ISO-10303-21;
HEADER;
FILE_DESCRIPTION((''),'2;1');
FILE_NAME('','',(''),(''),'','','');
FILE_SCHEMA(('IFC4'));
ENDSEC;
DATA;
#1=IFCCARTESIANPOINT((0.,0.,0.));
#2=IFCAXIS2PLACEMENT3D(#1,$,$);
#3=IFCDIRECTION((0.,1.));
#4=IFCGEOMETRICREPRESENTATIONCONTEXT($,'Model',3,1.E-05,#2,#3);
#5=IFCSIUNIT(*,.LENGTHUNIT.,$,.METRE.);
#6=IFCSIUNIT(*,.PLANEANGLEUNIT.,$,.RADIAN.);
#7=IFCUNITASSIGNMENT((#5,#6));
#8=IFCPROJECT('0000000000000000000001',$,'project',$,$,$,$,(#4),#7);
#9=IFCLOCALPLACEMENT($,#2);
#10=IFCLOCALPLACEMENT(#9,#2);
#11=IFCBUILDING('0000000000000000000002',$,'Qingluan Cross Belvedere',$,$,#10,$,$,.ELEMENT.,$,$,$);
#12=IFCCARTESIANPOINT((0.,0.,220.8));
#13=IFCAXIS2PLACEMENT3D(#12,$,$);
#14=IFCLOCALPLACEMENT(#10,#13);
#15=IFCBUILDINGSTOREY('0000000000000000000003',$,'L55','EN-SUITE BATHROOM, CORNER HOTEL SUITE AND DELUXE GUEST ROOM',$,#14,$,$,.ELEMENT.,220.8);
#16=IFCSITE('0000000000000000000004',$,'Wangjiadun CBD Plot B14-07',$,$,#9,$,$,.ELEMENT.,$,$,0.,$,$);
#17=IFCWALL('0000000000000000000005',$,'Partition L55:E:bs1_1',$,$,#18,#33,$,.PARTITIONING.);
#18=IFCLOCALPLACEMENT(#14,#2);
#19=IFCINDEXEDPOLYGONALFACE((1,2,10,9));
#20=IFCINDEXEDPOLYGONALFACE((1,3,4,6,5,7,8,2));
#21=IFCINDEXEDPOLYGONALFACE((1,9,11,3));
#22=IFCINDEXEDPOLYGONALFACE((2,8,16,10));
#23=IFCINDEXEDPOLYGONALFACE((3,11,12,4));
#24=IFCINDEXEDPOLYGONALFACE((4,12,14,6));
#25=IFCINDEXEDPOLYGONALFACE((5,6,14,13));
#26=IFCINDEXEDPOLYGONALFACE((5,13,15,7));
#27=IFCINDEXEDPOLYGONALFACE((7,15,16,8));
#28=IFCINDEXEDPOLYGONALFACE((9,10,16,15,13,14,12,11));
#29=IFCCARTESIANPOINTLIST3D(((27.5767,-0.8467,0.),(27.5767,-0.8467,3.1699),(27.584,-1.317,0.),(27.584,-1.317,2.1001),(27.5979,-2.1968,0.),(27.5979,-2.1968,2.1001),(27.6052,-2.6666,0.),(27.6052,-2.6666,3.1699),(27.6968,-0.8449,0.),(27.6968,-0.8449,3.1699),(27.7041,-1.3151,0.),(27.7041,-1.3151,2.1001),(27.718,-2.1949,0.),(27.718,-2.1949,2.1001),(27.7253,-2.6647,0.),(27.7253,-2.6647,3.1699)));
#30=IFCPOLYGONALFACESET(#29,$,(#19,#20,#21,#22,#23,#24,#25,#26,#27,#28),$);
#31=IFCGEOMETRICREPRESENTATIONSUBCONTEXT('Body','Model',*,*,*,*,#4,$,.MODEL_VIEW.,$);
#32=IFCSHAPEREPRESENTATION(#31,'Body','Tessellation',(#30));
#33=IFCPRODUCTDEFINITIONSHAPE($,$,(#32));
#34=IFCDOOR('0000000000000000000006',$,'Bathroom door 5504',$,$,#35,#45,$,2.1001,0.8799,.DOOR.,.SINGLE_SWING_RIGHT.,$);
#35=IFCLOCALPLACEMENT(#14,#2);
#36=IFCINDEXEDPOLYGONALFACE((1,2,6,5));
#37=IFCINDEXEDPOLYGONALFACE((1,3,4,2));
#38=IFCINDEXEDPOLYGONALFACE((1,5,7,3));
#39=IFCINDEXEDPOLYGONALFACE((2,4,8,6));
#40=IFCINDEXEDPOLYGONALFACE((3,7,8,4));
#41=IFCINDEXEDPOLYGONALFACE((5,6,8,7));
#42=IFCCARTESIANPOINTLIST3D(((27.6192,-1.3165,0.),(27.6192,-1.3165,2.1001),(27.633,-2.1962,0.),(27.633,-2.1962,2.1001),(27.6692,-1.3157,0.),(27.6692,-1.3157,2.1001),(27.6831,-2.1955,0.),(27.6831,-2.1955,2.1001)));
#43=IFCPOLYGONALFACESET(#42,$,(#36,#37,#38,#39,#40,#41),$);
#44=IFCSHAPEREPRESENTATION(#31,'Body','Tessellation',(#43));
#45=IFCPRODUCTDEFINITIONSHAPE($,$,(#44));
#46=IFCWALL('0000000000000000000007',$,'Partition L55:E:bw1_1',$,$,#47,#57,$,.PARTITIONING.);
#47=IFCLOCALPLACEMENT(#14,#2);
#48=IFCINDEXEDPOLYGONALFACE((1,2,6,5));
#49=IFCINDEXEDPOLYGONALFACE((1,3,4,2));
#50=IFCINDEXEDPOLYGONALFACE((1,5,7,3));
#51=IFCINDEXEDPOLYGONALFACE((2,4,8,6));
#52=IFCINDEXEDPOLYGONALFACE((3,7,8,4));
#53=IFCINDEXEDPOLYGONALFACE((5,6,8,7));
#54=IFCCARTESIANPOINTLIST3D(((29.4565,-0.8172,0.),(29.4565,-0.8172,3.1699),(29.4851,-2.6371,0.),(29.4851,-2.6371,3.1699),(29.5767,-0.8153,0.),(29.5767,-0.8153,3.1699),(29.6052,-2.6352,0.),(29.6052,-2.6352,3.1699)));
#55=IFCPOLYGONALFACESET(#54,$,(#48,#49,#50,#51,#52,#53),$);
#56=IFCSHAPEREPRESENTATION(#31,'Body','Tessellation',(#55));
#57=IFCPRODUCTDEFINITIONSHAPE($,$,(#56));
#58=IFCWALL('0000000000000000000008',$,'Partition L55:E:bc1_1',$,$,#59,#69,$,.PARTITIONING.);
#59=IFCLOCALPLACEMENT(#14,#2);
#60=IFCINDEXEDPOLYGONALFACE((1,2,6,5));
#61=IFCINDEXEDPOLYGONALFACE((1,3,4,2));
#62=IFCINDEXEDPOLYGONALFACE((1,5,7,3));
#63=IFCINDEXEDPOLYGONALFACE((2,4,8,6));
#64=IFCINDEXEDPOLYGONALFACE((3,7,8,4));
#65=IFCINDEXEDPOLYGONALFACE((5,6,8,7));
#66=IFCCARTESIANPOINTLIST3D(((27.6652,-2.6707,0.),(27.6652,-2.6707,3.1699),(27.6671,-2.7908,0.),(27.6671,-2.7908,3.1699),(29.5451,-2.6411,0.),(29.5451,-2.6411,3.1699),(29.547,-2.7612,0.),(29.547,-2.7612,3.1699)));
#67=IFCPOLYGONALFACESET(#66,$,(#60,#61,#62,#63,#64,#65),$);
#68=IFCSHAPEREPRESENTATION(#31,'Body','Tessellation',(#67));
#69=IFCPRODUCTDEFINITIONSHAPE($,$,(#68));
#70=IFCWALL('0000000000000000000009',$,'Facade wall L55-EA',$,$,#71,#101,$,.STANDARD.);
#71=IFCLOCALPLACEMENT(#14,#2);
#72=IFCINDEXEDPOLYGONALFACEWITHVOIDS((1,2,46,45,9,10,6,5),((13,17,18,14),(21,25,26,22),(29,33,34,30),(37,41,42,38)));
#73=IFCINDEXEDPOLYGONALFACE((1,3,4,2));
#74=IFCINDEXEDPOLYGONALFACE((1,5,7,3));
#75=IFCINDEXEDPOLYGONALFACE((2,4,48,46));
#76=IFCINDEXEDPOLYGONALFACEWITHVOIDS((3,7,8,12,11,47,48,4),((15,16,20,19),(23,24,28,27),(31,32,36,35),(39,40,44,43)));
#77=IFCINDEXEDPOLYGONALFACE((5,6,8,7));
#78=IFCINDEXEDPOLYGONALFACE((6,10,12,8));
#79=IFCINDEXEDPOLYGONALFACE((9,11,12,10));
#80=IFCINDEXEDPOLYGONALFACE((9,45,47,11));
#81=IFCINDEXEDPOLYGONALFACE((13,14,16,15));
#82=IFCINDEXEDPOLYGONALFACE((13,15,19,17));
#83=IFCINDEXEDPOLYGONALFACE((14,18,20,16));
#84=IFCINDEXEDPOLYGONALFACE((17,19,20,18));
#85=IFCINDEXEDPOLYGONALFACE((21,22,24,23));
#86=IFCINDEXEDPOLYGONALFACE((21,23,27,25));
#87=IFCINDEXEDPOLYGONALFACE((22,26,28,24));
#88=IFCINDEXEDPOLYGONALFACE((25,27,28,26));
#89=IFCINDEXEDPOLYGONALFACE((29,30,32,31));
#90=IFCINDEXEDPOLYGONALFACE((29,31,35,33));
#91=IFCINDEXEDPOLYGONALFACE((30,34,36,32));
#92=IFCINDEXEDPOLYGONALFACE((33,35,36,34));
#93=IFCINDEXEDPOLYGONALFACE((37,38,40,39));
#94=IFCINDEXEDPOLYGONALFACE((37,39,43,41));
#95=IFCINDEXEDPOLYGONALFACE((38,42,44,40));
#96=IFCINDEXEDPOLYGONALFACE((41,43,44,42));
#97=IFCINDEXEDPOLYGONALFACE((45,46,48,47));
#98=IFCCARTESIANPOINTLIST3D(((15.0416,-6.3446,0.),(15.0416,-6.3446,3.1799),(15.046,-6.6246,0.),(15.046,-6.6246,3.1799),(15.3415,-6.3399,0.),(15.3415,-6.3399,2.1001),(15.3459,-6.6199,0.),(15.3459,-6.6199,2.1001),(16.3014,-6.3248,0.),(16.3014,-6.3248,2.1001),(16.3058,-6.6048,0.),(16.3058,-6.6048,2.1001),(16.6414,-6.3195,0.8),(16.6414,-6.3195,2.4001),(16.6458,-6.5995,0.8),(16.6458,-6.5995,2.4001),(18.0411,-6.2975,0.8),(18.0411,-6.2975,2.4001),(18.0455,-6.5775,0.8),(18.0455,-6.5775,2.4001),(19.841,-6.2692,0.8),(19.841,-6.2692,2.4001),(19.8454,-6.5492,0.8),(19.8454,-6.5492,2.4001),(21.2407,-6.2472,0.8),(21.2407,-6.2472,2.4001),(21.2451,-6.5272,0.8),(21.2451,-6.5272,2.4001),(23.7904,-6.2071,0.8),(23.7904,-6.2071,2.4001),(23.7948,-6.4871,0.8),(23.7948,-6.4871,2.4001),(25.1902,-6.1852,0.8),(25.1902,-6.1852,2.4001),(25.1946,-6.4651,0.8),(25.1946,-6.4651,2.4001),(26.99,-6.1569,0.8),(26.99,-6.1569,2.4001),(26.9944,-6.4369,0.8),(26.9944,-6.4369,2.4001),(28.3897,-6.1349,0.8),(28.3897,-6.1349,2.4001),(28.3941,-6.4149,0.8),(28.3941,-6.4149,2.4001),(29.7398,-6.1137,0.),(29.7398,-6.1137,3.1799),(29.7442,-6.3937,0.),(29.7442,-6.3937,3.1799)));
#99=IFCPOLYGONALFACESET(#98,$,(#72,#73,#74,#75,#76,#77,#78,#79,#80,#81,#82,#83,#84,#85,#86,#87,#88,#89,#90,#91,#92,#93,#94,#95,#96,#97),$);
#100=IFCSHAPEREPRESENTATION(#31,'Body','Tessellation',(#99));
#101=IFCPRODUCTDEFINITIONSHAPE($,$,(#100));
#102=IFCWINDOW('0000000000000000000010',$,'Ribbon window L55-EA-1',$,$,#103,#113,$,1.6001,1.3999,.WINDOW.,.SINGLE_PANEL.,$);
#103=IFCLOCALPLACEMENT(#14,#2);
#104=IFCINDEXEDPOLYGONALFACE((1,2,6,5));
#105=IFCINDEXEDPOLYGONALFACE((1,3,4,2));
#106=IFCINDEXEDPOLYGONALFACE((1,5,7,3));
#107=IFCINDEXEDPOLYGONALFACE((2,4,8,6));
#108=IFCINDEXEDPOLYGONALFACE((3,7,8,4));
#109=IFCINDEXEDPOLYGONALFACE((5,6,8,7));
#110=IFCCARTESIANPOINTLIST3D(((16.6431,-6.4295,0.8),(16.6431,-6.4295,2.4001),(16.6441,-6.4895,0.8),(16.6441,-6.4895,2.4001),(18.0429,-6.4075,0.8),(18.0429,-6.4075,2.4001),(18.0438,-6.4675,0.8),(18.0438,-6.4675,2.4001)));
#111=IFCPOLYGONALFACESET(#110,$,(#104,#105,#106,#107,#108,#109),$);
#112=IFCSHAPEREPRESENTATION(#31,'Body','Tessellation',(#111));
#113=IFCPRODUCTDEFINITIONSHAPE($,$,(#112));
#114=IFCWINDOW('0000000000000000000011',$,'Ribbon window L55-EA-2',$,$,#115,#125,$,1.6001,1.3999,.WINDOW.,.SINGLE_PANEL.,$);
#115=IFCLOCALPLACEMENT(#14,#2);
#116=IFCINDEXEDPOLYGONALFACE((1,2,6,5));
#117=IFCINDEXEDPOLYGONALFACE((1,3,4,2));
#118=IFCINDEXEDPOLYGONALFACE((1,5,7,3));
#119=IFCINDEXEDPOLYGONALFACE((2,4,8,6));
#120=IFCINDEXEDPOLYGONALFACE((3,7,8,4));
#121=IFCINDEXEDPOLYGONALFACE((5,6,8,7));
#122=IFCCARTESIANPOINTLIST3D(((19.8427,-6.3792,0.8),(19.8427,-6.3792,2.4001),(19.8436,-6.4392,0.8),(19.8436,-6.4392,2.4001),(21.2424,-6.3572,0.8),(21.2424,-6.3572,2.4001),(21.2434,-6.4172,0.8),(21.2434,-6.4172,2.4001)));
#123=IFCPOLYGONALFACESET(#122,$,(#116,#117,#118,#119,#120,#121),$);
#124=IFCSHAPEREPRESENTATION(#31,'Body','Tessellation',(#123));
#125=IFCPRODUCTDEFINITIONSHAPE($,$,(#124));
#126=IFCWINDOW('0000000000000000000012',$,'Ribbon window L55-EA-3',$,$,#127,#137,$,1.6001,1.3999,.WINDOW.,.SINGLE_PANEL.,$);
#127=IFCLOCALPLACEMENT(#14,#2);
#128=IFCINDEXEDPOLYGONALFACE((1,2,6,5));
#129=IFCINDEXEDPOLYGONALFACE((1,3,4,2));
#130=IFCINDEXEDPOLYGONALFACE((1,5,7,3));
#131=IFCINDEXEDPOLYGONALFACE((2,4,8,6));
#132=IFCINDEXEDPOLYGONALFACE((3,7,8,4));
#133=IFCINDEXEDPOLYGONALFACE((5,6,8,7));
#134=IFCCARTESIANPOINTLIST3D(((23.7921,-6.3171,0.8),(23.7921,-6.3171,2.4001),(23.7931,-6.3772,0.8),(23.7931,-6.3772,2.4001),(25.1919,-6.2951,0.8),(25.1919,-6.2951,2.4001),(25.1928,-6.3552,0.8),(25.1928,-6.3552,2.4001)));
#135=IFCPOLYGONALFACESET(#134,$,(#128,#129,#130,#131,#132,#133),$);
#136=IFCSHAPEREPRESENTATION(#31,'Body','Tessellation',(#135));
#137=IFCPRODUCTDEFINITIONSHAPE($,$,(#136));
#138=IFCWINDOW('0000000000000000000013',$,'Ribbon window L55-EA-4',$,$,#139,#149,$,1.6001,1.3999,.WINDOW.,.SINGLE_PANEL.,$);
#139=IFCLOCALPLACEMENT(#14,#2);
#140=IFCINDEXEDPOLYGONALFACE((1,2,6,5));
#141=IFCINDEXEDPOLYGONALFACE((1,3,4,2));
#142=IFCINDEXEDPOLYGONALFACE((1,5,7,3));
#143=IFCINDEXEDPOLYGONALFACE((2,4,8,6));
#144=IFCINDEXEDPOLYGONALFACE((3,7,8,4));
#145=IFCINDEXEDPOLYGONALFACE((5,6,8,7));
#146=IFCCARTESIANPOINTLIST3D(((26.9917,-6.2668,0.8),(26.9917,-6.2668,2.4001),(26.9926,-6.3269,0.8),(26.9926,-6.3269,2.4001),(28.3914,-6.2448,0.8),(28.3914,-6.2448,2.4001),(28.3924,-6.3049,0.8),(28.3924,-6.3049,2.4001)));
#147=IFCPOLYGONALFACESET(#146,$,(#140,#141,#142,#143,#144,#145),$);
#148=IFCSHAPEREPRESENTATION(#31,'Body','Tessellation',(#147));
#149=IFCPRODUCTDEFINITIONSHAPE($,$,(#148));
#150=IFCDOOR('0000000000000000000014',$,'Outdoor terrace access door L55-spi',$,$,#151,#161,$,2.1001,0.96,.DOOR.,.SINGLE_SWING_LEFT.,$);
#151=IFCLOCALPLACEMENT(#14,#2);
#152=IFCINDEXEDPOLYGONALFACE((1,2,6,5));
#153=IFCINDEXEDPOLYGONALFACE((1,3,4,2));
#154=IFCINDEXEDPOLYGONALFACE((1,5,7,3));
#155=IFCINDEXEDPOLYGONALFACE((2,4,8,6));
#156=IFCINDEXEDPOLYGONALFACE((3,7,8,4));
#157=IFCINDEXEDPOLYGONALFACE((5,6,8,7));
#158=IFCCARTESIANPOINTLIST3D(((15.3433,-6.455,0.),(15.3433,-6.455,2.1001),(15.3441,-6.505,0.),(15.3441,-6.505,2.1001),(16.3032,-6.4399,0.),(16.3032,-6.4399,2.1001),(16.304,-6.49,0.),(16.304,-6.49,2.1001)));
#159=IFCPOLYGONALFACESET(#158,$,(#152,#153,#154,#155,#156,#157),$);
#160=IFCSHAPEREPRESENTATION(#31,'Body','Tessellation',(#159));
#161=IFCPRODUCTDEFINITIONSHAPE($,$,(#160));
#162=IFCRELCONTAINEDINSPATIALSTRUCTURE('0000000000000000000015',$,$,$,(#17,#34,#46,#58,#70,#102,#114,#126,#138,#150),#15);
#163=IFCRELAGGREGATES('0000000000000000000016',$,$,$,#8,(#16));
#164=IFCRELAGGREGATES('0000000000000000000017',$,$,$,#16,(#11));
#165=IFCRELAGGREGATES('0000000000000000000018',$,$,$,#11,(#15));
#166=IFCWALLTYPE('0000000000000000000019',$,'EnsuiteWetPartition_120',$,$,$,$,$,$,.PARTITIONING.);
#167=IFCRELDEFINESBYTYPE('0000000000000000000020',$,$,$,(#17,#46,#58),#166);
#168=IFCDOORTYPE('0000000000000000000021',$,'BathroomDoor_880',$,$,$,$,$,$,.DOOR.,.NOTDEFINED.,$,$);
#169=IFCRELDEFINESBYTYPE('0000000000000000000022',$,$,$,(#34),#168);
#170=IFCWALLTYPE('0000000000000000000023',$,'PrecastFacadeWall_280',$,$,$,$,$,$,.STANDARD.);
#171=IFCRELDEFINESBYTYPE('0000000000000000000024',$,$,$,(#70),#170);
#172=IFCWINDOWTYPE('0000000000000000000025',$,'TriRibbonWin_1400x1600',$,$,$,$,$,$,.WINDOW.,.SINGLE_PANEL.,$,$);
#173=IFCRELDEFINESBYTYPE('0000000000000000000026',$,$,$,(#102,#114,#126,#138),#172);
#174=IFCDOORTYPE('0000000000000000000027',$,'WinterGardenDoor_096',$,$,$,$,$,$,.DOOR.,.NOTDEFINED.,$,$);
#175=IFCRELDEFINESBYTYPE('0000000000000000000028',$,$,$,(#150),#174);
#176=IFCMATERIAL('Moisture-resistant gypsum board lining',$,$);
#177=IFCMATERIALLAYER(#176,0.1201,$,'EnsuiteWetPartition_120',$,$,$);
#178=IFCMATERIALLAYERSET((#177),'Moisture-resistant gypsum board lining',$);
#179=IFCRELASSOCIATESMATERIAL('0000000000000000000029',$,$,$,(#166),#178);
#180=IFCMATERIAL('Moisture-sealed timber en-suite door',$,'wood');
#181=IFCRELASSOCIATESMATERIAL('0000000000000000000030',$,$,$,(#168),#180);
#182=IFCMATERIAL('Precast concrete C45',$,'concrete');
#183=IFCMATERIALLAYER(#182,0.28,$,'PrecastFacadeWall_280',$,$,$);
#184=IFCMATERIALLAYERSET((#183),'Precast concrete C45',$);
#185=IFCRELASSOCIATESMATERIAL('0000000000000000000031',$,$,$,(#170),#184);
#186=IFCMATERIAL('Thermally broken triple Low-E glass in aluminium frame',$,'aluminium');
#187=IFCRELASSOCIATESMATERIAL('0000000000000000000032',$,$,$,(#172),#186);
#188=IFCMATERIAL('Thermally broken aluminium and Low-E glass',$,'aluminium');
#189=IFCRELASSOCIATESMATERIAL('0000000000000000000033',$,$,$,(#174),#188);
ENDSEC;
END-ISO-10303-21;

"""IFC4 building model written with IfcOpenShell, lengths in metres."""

from ifc_helpers import new_model, si_unit, direction, frame, frame_2d, origin, place, context, subcontext, project, spatial, rectangle, extrude, material, layer, layer_set, type_object, element, fill, save


model = new_model("IFC4")

# Units and contexts
model_context = context("Model", 3, precision=1e-05, world=origin(), true_north=direction((0.0, 1.0)))
body_context = subcontext(model_context, "Body", "Model", "MODEL_VIEW")
ifc_project = project(units=[si_unit("LENGTHUNIT", "METRE"), si_unit("PLANEANGLEUNIT", "RADIAN")], contexts=[model_context])

# Site, building, storey
site_placement = place(None, origin())
site = spatial("IfcSite", under=ifc_project, at=site_placement, Name="Wangjiadun CBD Plot B14-07", CompositionType="ELEMENT", RefElevation=0.0)
building_placement = place(site_placement, origin())
building = spatial("IfcBuilding", under=site, at=building_placement, Name="Qingluan Cross Belvedere", CompositionType="ELEMENT")
storey_placement = place(building_placement, frame((0.0, 0.0, 220.8)))
storey = spatial("IfcBuildingStorey", under=building, at=storey_placement, Name="L55", Description="EN-SUITE BATHROOM, CORNER HOTEL SUITE AND DELUXE GUEST ROOM", CompositionType="ELEMENT", Elevation=220.8)

# Shared definitions
ifc_material_1 = material(Name="Moisture-resistant gypsum board lining")
ifc_layer_1 = layer(ifc_material_1, 0.1201, Name="EnsuiteWetPartition_120")
ifc_layer_set_1 = layer_set([ifc_layer_1], Name="Moisture-resistant gypsum board lining")
wall_type_1 = type_object("IfcWallType", Name="EnsuiteWetPartition_120", PredefinedType="PARTITIONING", material=ifc_layer_set_1)
ifc_material_2 = material(Name="Moisture-sealed timber en-suite door", Category="wood")
door_type_1 = type_object("IfcDoorType", Name="BathroomDoor_880", OperationType="NOTDEFINED", PredefinedType="DOOR", material=ifc_material_2)

# Wall, opening, door
wall_1_placement = place(storey_placement, frame((27.6653, -2.6658, 0.0), z_axis=(0.0, 0.0, 1.0), x_axis=(-0.015694, 0.999877, 0.0)))
wall_1 = element("IfcWall", 1, at=wall_1_placement, inside=storey, type_object=wall_type_1, Name="Partition L55:E:bs1_1", PredefinedType="PARTITIONING", context=body_context, shape_type="SweptSolid", body=[
    extrude(rectangle(XDim=1.8201, YDim=0.1201, at=frame_2d((0.9102, 0.0))), origin(), (0.0, 0.0, 1.0), 3.1699),
])
opening_1_placement = place(wall_1_placement, frame((0.47, 0.0, 0.0)))
opening_1 = element("IfcOpeningElement", 2, at=opening_1_placement, cuts=wall_1, PredefinedType="OPENING", context=body_context, shape_type="SweptSolid", body=[
    extrude(rectangle(XDim=0.8799, YDim=2.1001, at=frame_2d((0.4399, 1.05))), frame((0.0, 0.0701, 0.0), z_axis=(0.0, -1.0, 0.0), x_axis=(1.0, 0.0, 0.0)), (0.0, 0.0, 1.0), 0.1401),
])
door_1_placement = place(opening_1_placement, origin())
door_1 = element("IfcDoor", 3, at=door_1_placement, inside=storey, type_object=door_type_1, Name="Bathroom door 5504", OperationType="SINGLE_SWING_RIGHT", OverallHeight=2.1001, OverallWidth=0.8799, PredefinedType="DOOR", context=body_context, shape_type="SweptSolid", body=[
    extrude(rectangle(XDim=0.8799, YDim=2.1001, at=frame_2d((0.4399, 1.05))), frame((0.0, 0.0249, 0.0), z_axis=(0.0, -1.0, 0.0), x_axis=(1.0, 0.0, 0.0)), (0.0, 0.0, 1.0), 0.05),
])
fill(opening_1, door_1)

# Walls
wall_2_placement = place(storey_placement, frame((29.5452, -2.6362, 0.0), z_axis=(0.0, 0.0, 1.0), x_axis=(-0.015694, 0.999877, 0.0)))
element("IfcWall", 4, at=wall_2_placement, inside=storey, type_object=wall_type_1, Name="Partition L55:E:bw1_1", PredefinedType="PARTITIONING", context=body_context, shape_type="SweptSolid", body=[
    extrude(rectangle(XDim=1.8201, YDim=0.1201, at=frame_2d((0.9102, 0.0))), origin(), (0.0, 0.0, 1.0), 3.1699),
])
wall_3_placement = place(storey_placement, frame((27.6663, -2.7307, 0.0), z_axis=(0.0, 0.0, 1.0), x_axis=(0.999877, 0.015712, 0.0)))
element("IfcWall", 5, at=wall_3_placement, inside=storey, type_object=wall_type_1, Name="Partition L55:E:bc1_1", PredefinedType="PARTITIONING", context=body_context, shape_type="SweptSolid", body=[
    extrude(rectangle(XDim=1.8801, YDim=0.1201, at=frame_2d((0.9399, 0.0))), origin(), (0.0, 0.0, 1.0), 3.1699),
])

# Wall, openings, windows, door
ifc_material_3 = material(Name="Precast concrete C45", Category="concrete")
ifc_layer_2 = layer(ifc_material_3, 0.28, Name="PrecastFacadeWall_280")
ifc_layer_set_2 = layer_set([ifc_layer_2], Name="Precast concrete C45")
wall_type_2 = type_object("IfcWallType", Name="PrecastFacadeWall_280", PredefinedType="STANDARD", material=ifc_layer_set_2)
wall_4_placement = place(storey_placement, frame((15.0437, -6.4846, 0.0), z_axis=(0.0, 0.0, 1.0), x_axis=(0.999877, 0.015711, 0.0)))
wall_4 = element("IfcWall", 6, at=wall_4_placement, inside=storey, type_object=wall_type_2, Name="Facade wall L55-EA", PredefinedType="STANDARD", context=body_context, shape_type="SweptSolid", body=[
    extrude(rectangle(XDim=14.7, YDim=0.28, at=frame_2d((7.3501, 0.0))), origin(), (0.0, 0.0, 1.0), 3.1799),
])
opening_2_placement = place(wall_4_placement, frame((1.6001, 0.0, 0.8)))
opening_2 = element("IfcOpeningElement", 7, at=opening_2_placement, cuts=wall_4, PredefinedType="OPENING", context=body_context, shape_type="SweptSolid", body=[
    extrude(rectangle(XDim=1.3999, YDim=1.6001, at=frame_2d((0.7, 0.8))), frame((0.0, 0.1499, 0.0), z_axis=(0.0, -1.0, 0.0), x_axis=(1.0, 0.0, 0.0)), (0.0, 0.0, 1.0), 0.3),
])
opening_3_placement = place(wall_4_placement, frame((4.8, 0.0, 0.8)))
opening_3 = element("IfcOpeningElement", 8, at=opening_3_placement, cuts=wall_4, PredefinedType="OPENING", context=body_context, shape_type="SweptSolid", body=[
    extrude(rectangle(XDim=1.3999, YDim=1.6001, at=frame_2d((0.7, 0.8))), frame((0.0, 0.1499, 0.0), z_axis=(0.0, -1.0, 0.0), x_axis=(1.0, 0.0, 0.0)), (0.0, 0.0, 1.0), 0.3),
])
opening_4_placement = place(wall_4_placement, frame((8.75, 0.0, 0.8)))
opening_4 = element("IfcOpeningElement", 9, at=opening_4_placement, cuts=wall_4, PredefinedType="OPENING", context=body_context, shape_type="SweptSolid", body=[
    extrude(rectangle(XDim=1.3999, YDim=1.6001, at=frame_2d((0.7, 0.8))), frame((0.0, 0.1499, 0.0), z_axis=(0.0, -1.0, 0.0), x_axis=(1.0, 0.0, 0.0)), (0.0, 0.0, 1.0), 0.3),
])
opening_5_placement = place(wall_4_placement, frame((11.95, 0.0, 0.8)))
opening_5 = element("IfcOpeningElement", 10, at=opening_5_placement, cuts=wall_4, PredefinedType="OPENING", context=body_context, shape_type="SweptSolid", body=[
    extrude(rectangle(XDim=1.3999, YDim=1.6001, at=frame_2d((0.7, 0.8))), frame((0.0, 0.1499, 0.0), z_axis=(0.0, -1.0, 0.0), x_axis=(1.0, 0.0, 0.0)), (0.0, 0.0, 1.0), 0.3),
])
opening_6_placement = place(wall_4_placement, frame((0.3, 0.0, 0.0)))
opening_6 = element("IfcOpeningElement", 11, at=opening_6_placement, cuts=wall_4, PredefinedType="OPENING", context=body_context, shape_type="SweptSolid", body=[
    extrude(rectangle(XDim=0.96, YDim=2.1001, at=frame_2d((0.48, 1.05))), frame((0.0, 0.1499, 0.0), z_axis=(0.0, -1.0, 0.0), x_axis=(1.0, 0.0, 0.0)), (0.0, 0.0, 1.0), 0.3),
])
ifc_material_4 = material(Name="Thermally broken triple Low-E glass in aluminium frame", Category="aluminium")
window_type_1 = type_object("IfcWindowType", Name="TriRibbonWin_1400x1600", PartitioningType="SINGLE_PANEL", PredefinedType="WINDOW", material=ifc_material_4)
window_1_placement = place(opening_2_placement, origin())
window_1 = element("IfcWindow", 12, at=window_1_placement, inside=storey, type_object=window_type_1, Name="Ribbon window L55-EA-1", OverallHeight=1.6001, OverallWidth=1.3999, PartitioningType="SINGLE_PANEL", PredefinedType="WINDOW", context=body_context, shape_type="SweptSolid", body=[
    extrude(rectangle(XDim=1.3999, YDim=1.6001, at=frame_2d((0.7, 0.8))), frame((0.0, 0.03, 0.0), z_axis=(0.0, -1.0, 0.0), x_axis=(1.0, 0.0, 0.0)), (0.0, 0.0, 1.0), 0.0601),
])
fill(opening_2, window_1)
window_2_placement = place(opening_3_placement, origin())
window_2 = element("IfcWindow", 13, at=window_2_placement, inside=storey, type_object=window_type_1, Name="Ribbon window L55-EA-2", OverallHeight=1.6001, OverallWidth=1.3999, PartitioningType="SINGLE_PANEL", PredefinedType="WINDOW", context=body_context, shape_type="SweptSolid", body=[
    extrude(rectangle(XDim=1.3999, YDim=1.6001, at=frame_2d((0.7, 0.8))), frame((0.0, 0.03, 0.0), z_axis=(0.0, -1.0, 0.0), x_axis=(1.0, 0.0, 0.0)), (0.0, 0.0, 1.0), 0.0601),
])
fill(opening_3, window_2)
window_3_placement = place(opening_4_placement, origin())
window_3 = element("IfcWindow", 14, at=window_3_placement, inside=storey, type_object=window_type_1, Name="Ribbon window L55-EA-3", OverallHeight=1.6001, OverallWidth=1.3999, PartitioningType="SINGLE_PANEL", PredefinedType="WINDOW", context=body_context, shape_type="SweptSolid", body=[
    extrude(rectangle(XDim=1.3999, YDim=1.6001, at=frame_2d((0.7, 0.8))), frame((0.0, 0.03, 0.0), z_axis=(0.0, -1.0, 0.0), x_axis=(1.0, 0.0, 0.0)), (0.0, 0.0, 1.0), 0.0601),
])
fill(opening_4, window_3)
window_4_placement = place(opening_5_placement, origin())
window_4 = element("IfcWindow", 15, at=window_4_placement, inside=storey, type_object=window_type_1, Name="Ribbon window L55-EA-4", OverallHeight=1.6001, OverallWidth=1.3999, PartitioningType="SINGLE_PANEL", PredefinedType="WINDOW", context=body_context, shape_type="SweptSolid", body=[
    extrude(rectangle(XDim=1.3999, YDim=1.6001, at=frame_2d((0.7, 0.8))), frame((0.0, 0.03, 0.0), z_axis=(0.0, -1.0, 0.0), x_axis=(1.0, 0.0, 0.0)), (0.0, 0.0, 1.0), 0.0601),
])
fill(opening_5, window_4)
ifc_material_5 = material(Name="Thermally broken aluminium and Low-E glass", Category="aluminium")
door_type_2 = type_object("IfcDoorType", Name="WinterGardenDoor_096", OperationType="NOTDEFINED", PredefinedType="DOOR", material=ifc_material_5)
door_2_placement = place(opening_6_placement, origin())
door_2 = element("IfcDoor", 16, at=door_2_placement, inside=storey, type_object=door_type_2, Name="Outdoor terrace access door L55-spi", OperationType="SINGLE_SWING_LEFT", OverallHeight=2.1001, OverallWidth=0.96, PredefinedType="DOOR", context=body_context, shape_type="SweptSolid", body=[
    extrude(rectangle(XDim=0.96, YDim=2.1001, at=frame_2d((0.48, 1.05))), frame((0.0, 0.0249, 0.0), z_axis=(0.0, -1.0, 0.0), x_axis=(1.0, 0.0, 0.0)), (0.0, 0.0, 1.0), 0.05),
])
fill(opening_6, door_2)

save(model, "model.ifc")
